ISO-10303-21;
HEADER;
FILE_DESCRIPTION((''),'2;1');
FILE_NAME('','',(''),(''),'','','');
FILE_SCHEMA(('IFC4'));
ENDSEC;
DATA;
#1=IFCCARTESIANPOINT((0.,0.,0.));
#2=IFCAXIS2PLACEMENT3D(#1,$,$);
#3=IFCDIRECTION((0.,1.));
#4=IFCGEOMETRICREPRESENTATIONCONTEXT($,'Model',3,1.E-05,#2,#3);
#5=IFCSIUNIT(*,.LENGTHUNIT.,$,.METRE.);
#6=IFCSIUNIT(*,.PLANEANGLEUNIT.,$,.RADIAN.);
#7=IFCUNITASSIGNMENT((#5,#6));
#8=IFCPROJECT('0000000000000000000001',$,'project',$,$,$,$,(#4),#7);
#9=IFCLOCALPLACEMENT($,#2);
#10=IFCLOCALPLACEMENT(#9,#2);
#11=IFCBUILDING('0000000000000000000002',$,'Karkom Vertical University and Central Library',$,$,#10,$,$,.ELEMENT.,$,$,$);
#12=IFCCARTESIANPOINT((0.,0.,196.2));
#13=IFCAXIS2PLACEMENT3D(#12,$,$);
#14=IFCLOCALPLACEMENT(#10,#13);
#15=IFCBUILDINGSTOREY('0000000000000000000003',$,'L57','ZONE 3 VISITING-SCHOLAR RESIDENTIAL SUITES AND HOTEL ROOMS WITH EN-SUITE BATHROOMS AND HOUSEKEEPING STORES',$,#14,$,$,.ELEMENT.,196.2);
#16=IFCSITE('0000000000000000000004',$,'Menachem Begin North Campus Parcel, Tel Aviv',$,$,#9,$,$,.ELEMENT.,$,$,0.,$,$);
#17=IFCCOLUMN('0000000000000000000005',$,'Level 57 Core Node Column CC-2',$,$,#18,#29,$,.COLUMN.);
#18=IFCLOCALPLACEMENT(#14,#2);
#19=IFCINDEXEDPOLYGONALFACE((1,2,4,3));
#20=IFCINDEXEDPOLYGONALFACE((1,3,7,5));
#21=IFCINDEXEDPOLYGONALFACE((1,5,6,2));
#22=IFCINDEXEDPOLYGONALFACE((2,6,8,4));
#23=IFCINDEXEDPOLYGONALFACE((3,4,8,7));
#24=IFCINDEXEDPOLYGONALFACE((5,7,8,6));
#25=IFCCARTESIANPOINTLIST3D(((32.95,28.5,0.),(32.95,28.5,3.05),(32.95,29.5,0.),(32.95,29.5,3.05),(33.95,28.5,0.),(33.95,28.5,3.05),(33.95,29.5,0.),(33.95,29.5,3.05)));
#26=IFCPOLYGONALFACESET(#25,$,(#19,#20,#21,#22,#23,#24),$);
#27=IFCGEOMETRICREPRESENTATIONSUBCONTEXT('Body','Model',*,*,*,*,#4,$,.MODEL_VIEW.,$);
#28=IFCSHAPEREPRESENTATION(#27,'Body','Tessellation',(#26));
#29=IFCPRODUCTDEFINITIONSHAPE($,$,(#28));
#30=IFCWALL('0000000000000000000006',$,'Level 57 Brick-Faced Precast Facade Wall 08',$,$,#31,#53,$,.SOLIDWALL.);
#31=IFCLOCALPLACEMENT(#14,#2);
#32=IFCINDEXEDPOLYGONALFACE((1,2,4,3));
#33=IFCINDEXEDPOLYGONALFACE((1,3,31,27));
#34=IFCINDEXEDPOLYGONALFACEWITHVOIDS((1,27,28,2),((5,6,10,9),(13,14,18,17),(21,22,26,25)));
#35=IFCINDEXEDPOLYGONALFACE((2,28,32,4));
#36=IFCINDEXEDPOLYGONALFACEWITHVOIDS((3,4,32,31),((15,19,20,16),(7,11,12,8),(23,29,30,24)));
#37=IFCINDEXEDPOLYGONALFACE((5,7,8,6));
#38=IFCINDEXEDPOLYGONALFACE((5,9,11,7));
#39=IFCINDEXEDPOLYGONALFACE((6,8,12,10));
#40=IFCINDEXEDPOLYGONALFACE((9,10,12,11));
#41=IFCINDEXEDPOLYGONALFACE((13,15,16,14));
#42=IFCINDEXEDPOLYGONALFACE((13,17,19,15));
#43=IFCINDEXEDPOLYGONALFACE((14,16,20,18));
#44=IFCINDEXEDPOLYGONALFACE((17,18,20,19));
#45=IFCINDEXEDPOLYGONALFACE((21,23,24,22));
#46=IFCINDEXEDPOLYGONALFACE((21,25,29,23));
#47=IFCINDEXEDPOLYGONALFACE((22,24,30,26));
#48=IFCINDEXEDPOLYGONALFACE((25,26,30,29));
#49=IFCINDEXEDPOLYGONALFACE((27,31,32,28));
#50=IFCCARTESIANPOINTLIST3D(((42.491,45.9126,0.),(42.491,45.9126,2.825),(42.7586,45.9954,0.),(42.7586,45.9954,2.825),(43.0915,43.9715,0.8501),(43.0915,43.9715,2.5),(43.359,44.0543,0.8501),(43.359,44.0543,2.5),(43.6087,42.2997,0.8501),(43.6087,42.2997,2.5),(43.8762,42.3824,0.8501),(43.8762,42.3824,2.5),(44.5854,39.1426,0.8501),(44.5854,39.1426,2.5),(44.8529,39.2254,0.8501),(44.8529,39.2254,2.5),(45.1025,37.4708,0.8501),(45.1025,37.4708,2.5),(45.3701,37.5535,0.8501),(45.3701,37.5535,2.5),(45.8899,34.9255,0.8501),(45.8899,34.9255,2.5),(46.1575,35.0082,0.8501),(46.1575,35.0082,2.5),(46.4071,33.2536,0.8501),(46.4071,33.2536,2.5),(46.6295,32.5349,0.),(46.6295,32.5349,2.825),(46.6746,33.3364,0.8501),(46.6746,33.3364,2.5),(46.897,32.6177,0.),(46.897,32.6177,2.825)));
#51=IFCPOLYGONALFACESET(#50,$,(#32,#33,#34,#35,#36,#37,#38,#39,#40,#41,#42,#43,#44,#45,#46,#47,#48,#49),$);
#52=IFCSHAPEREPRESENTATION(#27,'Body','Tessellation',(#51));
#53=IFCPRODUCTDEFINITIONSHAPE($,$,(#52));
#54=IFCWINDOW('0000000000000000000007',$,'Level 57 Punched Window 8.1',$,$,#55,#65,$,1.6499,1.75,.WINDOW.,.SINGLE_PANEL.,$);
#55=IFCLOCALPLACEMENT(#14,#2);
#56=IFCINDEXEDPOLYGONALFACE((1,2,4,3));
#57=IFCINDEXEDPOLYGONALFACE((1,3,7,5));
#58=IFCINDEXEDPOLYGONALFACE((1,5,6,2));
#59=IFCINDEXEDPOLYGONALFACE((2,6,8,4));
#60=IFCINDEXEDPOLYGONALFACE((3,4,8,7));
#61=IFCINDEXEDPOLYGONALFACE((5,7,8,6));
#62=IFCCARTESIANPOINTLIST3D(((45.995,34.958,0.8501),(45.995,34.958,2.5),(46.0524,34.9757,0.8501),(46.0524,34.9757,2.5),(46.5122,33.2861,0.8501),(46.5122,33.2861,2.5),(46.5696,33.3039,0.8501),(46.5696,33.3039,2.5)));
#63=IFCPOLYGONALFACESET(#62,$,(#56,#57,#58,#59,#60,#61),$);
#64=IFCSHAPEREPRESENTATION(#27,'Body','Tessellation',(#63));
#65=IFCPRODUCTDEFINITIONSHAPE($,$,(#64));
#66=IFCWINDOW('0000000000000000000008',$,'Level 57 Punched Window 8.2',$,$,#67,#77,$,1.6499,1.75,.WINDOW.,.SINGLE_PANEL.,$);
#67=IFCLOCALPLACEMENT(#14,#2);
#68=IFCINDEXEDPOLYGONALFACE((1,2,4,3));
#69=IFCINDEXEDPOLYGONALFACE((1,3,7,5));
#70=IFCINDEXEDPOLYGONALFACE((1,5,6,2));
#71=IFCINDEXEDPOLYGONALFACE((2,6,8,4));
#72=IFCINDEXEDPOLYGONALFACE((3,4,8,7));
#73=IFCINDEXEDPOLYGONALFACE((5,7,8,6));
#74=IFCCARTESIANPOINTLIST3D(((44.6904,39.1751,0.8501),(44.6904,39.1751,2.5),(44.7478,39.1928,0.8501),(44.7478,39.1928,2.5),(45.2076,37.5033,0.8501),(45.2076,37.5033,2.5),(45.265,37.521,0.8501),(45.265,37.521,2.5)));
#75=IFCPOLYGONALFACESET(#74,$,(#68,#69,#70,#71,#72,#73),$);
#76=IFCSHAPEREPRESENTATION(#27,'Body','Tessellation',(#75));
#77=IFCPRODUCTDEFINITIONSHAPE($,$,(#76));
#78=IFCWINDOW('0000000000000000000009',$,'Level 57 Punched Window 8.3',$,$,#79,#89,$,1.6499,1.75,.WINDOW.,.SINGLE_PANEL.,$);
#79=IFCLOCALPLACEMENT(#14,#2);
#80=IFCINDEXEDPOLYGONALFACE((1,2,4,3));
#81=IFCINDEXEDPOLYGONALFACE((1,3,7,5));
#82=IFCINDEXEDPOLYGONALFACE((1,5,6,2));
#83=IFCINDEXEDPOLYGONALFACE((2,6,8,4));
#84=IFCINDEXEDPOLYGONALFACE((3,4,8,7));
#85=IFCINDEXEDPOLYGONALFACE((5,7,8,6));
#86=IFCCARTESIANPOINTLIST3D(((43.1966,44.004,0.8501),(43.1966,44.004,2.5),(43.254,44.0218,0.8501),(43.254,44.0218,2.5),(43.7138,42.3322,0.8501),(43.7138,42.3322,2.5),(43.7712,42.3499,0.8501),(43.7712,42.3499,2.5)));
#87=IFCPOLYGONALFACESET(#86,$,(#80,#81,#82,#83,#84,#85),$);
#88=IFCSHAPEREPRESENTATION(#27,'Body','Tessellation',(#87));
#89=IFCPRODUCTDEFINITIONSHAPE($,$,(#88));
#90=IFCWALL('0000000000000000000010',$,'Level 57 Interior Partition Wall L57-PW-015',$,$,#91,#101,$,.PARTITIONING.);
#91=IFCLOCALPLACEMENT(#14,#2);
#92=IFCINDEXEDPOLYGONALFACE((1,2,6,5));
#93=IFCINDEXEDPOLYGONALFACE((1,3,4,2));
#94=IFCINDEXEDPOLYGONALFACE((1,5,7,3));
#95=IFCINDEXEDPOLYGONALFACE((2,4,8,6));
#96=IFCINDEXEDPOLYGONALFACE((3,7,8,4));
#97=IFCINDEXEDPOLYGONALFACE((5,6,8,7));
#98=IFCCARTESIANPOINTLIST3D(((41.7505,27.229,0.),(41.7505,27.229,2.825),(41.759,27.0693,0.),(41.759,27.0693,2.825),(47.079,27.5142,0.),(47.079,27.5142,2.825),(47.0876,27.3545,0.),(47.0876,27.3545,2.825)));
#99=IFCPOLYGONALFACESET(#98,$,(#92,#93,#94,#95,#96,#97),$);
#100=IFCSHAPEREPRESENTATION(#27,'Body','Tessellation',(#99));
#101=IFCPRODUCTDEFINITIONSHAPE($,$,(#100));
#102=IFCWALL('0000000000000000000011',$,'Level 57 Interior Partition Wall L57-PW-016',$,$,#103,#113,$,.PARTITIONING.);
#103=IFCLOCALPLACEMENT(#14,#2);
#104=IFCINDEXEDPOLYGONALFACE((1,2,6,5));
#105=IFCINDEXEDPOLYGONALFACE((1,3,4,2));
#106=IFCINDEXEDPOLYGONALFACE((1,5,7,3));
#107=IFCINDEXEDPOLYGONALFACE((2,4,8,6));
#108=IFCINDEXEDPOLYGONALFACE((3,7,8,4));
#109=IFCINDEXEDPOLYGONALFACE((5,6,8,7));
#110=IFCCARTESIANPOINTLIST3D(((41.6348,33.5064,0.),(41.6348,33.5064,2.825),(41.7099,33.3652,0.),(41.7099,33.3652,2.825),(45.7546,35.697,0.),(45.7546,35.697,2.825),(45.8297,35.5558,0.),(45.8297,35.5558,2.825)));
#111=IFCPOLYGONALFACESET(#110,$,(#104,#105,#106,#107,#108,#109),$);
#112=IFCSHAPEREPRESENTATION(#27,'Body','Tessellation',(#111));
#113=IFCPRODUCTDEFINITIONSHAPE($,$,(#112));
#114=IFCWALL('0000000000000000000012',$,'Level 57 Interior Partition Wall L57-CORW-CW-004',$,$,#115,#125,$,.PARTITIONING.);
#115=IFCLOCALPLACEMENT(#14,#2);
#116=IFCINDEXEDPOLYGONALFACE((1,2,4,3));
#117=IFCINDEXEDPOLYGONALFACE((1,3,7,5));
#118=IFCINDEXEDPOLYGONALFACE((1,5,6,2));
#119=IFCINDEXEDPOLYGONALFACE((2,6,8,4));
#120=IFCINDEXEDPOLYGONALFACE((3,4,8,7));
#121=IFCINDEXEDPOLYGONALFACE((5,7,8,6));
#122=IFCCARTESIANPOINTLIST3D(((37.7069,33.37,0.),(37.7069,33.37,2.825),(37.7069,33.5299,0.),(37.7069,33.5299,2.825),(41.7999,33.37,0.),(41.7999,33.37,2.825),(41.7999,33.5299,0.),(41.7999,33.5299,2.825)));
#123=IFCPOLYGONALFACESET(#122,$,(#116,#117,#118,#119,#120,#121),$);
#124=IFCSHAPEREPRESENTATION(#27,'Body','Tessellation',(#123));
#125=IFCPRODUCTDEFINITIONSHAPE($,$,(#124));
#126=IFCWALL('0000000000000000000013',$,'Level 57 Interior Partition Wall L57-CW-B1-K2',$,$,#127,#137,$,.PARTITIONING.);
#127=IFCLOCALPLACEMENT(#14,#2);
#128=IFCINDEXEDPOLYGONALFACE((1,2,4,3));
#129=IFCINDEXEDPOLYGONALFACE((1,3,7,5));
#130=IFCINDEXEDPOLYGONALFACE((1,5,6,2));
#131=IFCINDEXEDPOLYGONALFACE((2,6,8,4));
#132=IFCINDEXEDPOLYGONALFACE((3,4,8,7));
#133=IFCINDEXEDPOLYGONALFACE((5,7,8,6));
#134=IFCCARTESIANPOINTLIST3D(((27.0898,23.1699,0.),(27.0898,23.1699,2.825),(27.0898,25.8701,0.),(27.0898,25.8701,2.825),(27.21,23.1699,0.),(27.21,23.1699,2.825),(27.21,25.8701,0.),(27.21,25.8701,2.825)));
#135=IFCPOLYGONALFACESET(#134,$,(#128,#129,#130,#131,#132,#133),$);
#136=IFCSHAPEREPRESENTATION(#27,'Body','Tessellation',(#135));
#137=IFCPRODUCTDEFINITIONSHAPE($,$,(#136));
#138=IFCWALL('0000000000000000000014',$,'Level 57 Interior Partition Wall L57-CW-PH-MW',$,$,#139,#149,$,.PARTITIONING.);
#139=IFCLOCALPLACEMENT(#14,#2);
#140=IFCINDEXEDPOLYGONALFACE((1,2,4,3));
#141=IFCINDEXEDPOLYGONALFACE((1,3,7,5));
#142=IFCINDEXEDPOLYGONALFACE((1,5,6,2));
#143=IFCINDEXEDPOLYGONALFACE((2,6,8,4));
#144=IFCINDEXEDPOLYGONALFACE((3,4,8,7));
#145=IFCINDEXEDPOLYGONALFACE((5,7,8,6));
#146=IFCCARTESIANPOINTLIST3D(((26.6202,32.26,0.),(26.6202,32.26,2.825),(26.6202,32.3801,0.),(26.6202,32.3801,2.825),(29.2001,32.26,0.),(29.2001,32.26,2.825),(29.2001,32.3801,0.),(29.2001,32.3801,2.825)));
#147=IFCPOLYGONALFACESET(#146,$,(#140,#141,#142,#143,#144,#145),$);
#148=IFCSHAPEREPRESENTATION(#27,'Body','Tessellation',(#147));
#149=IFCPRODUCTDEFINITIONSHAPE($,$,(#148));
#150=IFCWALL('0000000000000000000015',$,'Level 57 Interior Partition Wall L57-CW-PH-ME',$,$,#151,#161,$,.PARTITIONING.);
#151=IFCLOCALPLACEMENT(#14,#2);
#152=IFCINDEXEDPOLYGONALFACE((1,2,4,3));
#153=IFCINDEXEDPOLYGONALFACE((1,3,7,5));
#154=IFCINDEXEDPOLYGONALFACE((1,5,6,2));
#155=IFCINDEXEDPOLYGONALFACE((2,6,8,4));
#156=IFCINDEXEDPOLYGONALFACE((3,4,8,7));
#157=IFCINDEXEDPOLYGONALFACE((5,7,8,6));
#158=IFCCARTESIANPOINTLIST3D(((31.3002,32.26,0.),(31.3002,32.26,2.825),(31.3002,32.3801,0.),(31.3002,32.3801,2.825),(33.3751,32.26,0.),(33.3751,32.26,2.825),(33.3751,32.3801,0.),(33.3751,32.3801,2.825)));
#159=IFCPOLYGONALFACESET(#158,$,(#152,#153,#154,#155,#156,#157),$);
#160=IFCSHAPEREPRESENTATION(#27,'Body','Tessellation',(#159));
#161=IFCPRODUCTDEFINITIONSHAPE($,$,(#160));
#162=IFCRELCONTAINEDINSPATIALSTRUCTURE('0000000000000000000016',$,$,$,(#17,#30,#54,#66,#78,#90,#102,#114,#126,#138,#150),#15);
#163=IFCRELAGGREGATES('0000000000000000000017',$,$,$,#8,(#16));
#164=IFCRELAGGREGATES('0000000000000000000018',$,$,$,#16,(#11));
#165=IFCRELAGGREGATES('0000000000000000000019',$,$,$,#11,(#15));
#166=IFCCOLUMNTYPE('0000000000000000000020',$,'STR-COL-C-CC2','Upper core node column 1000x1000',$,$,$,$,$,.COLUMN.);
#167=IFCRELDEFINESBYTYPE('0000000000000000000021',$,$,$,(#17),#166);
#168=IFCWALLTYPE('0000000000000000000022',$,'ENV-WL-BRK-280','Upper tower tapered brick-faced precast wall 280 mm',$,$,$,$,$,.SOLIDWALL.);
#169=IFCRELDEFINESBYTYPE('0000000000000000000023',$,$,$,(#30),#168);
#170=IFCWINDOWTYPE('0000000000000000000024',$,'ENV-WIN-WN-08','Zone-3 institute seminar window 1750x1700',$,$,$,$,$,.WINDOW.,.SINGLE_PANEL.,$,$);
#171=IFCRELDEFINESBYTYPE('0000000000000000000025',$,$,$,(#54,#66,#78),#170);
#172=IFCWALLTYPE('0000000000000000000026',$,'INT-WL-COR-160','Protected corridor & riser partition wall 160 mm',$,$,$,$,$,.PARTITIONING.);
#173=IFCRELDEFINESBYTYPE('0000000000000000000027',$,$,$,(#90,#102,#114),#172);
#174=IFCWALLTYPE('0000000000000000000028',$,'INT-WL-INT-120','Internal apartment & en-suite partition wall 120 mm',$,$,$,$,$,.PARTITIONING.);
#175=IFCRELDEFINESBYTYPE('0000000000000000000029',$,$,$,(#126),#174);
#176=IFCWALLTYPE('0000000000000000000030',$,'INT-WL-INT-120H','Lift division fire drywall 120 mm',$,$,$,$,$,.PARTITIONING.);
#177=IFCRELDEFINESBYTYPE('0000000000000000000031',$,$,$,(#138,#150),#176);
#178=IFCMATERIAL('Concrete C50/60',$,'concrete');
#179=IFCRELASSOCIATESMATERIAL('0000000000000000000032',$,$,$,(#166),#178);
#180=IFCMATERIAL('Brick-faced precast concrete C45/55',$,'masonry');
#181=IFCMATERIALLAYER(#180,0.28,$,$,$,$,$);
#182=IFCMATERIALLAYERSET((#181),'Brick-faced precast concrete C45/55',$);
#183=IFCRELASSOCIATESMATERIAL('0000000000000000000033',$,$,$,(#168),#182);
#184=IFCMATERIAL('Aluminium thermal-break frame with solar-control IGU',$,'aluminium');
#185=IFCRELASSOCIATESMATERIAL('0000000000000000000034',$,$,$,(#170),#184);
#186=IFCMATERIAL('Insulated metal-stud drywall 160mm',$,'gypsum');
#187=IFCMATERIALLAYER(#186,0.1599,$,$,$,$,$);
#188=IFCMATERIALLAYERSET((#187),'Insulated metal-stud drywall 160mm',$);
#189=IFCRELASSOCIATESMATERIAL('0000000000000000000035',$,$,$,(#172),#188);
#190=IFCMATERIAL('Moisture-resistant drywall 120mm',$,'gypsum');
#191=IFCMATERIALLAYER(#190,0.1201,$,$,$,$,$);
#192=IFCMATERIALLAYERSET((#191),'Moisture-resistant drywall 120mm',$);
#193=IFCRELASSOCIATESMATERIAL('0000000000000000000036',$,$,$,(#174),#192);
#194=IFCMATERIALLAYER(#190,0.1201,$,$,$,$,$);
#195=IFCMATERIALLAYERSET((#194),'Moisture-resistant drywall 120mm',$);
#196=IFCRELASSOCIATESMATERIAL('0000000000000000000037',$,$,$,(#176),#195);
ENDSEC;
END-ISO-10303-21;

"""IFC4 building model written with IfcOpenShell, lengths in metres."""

from ifc_helpers import new_model, si_unit, direction, frame, frame_2d, origin, origin_with_axes, origin_2d, place, context, subcontext, project, spatial, rectangle, extrude, source, transform, mapped, material, layer, layer_set, material_profile, profile_set, type_object, element, fill, save


model = new_model("IFC4")

# Units and contexts
model_context = context("Model", 3, precision=1e-05, world=origin(), true_north=direction((0.0, 1.0)))
body_context = subcontext(model_context, "Body", "Model", "MODEL_VIEW")
ifc_project = project(units=[si_unit("LENGTHUNIT", "METRE"), si_unit("PLANEANGLEUNIT", "RADIAN")], contexts=[model_context])

# Site, building, storey
site_placement = place(None, origin())
site = spatial("IfcSite", under=ifc_project, at=site_placement, Name="Menachem Begin North Campus Parcel, Tel Aviv", CompositionType="ELEMENT", RefElevation=0.0)
building_placement = place(site_placement, origin())
building = spatial("IfcBuilding", under=site, at=building_placement, Name="Karkom Vertical University and Central Library", CompositionType="ELEMENT")
storey_placement = place(building_placement, frame((0.0, 0.0, 196.2)))
storey = spatial("IfcBuildingStorey", under=building, at=storey_placement, Name="L57", Description="ZONE 3 VISITING-SCHOLAR RESIDENTIAL SUITES AND HOTEL ROOMS WITH EN-SUITE BATHROOMS AND HOUSEKEEPING STORES", CompositionType="ELEMENT", Elevation=196.2)

# Column
ifc_material_1 = material(Name="Concrete C50/60", Category="concrete")
ifc_material_profile = material_profile(ifc_material_1, rectangle(XDim=1.0, YDim=1.0, at=origin_2d()), Name="RC-1000x1000")
ifc_profile_set = profile_set([ifc_material_profile], Name="Concrete C50/60")
column_type = type_object("IfcColumnType", Name="STR-COL-C-CC2", Description="Upper core node column 1000x1000", PredefinedType="COLUMN", material=ifc_profile_set)
shared_shape_1 = source(origin_with_axes(), body_context, "Body", "SweptSolid", [
    extrude(rectangle(XDim=1.0, YDim=1.0, at=origin_2d()), origin(), (0.0, 0.0, 1.0), 3.05),
])
column_placement = place(storey_placement, frame((33.45, 29.0, 0.0), z_axis=(0.0, 0.0, 1.0), x_axis=(1.0, 0.0, 0.0)))
element("IfcColumn", 1, at=column_placement, inside=storey, type_object=column_type, Name="Level 57 Core Node Column CC-2", PredefinedType="COLUMN", context=body_context, shape_type="MappedRepresentation", body=[
    mapped(shared_shape_1, transform((0.0, 0.0, 0.0), scale=1.0)),
])

# Wall, openings, windows
ifc_material_2 = material(Name="Brick-faced precast concrete C45/55", Category="masonry")
ifc_layer_1 = layer(ifc_material_2, 0.28)
ifc_layer_set_1 = layer_set([ifc_layer_1], Name="Brick-faced precast concrete C45/55")
wall_type_1 = type_object("IfcWallType", Name="ENV-WL-BRK-280", Description="Upper tower tapered brick-faced precast wall 280 mm", PredefinedType="SOLIDWALL", material=ifc_layer_set_1)
wall_1_placement = place(storey_placement, frame((46.7632, 32.5764, 0.0), z_axis=(0.0, 0.0, 1.0), x_axis=(-0.295535, 0.955332, 0.0)))
wall_1 = element("IfcWall", 2, at=wall_1_placement, inside=storey, type_object=wall_type_1, Name="Level 57 Brick-Faced Precast Facade Wall 08", PredefinedType="SOLIDWALL", context=body_context, shape_type="SweptSolid", body=[
    extrude(rectangle(XDim=14.0032, YDim=0.28, at=frame_2d((7.0015, 0.0))), origin(), (0.0, 0.0, 1.0), 2.825),
])
opening_1_placement = place(wall_1_placement, frame((0.7522, 0.0, 0.8501)))
opening_1 = element("IfcOpeningElement", 3, at=opening_1_placement, cuts=wall_1, PredefinedType="OPENING", context=body_context, shape_type="SweptSolid", body=[
    extrude(rectangle(XDim=1.75, YDim=1.6499, at=frame_2d((0.875, 0.825))), frame((0.0, 0.1499, 0.0), z_axis=(0.0, -1.0, 0.0), x_axis=(1.0, 0.0, 0.0)), (0.0, 0.0, 1.0), 0.3),
])
opening_2_placement = place(wall_1_placement, frame((5.1665, 0.0, 0.8501)))
opening_2 = element("IfcOpeningElement", 4, at=opening_2_placement, cuts=wall_1, PredefinedType="OPENING", context=body_context, shape_type="SweptSolid", body=[
    extrude(rectangle(XDim=1.75, YDim=1.6499, at=frame_2d((0.875, 0.825))), frame((0.0, 0.1499, 0.0), z_axis=(0.0, -1.0, 0.0), x_axis=(1.0, 0.0, 0.0)), (0.0, 0.0, 1.0), 0.3),
])
opening_3_placement = place(wall_1_placement, frame((10.2212, 0.0, 0.8501)))
opening_3 = element("IfcOpeningElement", 5, at=opening_3_placement, cuts=wall_1, PredefinedType="OPENING", context=body_context, shape_type="SweptSolid", body=[
    extrude(rectangle(XDim=1.75, YDim=1.6499, at=frame_2d((0.875, 0.825))), frame((0.0, 0.1499, 0.0), z_axis=(0.0, -1.0, 0.0), x_axis=(1.0, 0.0, 0.0)), (0.0, 0.0, 1.0), 0.3),
])
ifc_material_3 = material(Name="Aluminium thermal-break frame with solar-control IGU", Category="aluminium")
window_type = type_object("IfcWindowType", Name="ENV-WIN-WN-08", Description="Zone-3 institute seminar window 1750x1700", PartitioningType="SINGLE_PANEL", PredefinedType="WINDOW", material=ifc_material_3)
shared_shape_2 = source(origin_with_axes(), body_context, "Body", "SweptSolid", [
    extrude(rectangle(XDim=1.75, YDim=1.6499, at=frame_2d((0.875, 0.825))), frame((0.0, 0.03, 0.0), z_axis=(0.0, -1.0, 0.0), x_axis=(1.0, 0.0, 0.0)), (0.0, 0.0, 1.0), 0.0601),
])
window_1_placement = place(opening_1_placement, origin())
window_1 = element("IfcWindow", 6, at=window_1_placement, inside=storey, type_object=window_type, Name="Level 57 Punched Window 8.1", OverallHeight=1.6499, OverallWidth=1.75, PartitioningType="SINGLE_PANEL", PredefinedType="WINDOW", context=body_context, shape_type="MappedRepresentation", body=[
    mapped(shared_shape_2, transform((0.0, 0.0, 0.0), scale=1.0)),
])
fill(opening_1, window_1)
window_2_placement = place(opening_2_placement, origin())
window_2 = element("IfcWindow", 7, at=window_2_placement, inside=storey, type_object=window_type, Name="Level 57 Punched Window 8.2", OverallHeight=1.6499, OverallWidth=1.75, PartitioningType="SINGLE_PANEL", PredefinedType="WINDOW", context=body_context, shape_type="MappedRepresentation", body=[
    mapped(shared_shape_2, transform((0.0, 0.0, 0.0), scale=1.0)),
])
fill(opening_2, window_2)
window_3_placement = place(opening_3_placement, origin())
window_3 = element("IfcWindow", 8, at=window_3_placement, inside=storey, type_object=window_type, Name="Level 57 Punched Window 8.3", OverallHeight=1.6499, OverallWidth=1.75, PartitioningType="SINGLE_PANEL", PredefinedType="WINDOW", context=body_context, shape_type="MappedRepresentation", body=[
    mapped(shared_shape_2, transform((0.0, 0.0, 0.0), scale=1.0)),
])
fill(opening_3, window_3)

# Shared definitions
ifc_material_4 = material(Name="Insulated metal-stud drywall 160mm", Category="gypsum")
ifc_layer_2 = layer(ifc_material_4, 0.1599)
ifc_layer_set_2 = layer_set([ifc_layer_2], Name="Insulated metal-stud drywall 160mm")
wall_type_2 = type_object("IfcWallType", Name="INT-WL-COR-160", Description="Protected corridor & riser partition wall 160 mm", PredefinedType="PARTITIONING", material=ifc_layer_set_2)

# Walls
wall_2_placement = place(storey_placement, frame((41.7549, 27.1492, 0.0), z_axis=(0.0, 0.0, 1.0), x_axis=(0.998571, 0.053438, 0.0)))
element("IfcWall", 9, at=wall_2_placement, inside=storey, type_object=wall_type_2, Name="Level 57 Interior Partition Wall L57-PW-015", PredefinedType="PARTITIONING", context=body_context, shape_type="SweptSolid", body=[
    extrude(rectangle(XDim=5.3362, YDim=0.1599, at=frame_2d((2.668, 0.0))), origin(), (0.0, 0.0, 1.0), 2.825),
])
wall_3_placement = place(storey_placement, frame((41.6724, 33.4358, 0.0), z_axis=(0.0, 0.0, 1.0), x_axis=(0.882939, 0.469488, 0.0)))
element("IfcWall", 10, at=wall_3_placement, inside=storey, type_object=wall_type_2, Name="Level 57 Interior Partition Wall L57-PW-016", PredefinedType="PARTITIONING", context=body_context, shape_type="SweptSolid", body=[
    extrude(rectangle(XDim=4.666, YDim=0.1599, at=frame_2d((2.333, 0.0))), origin(), (0.0, 0.0, 1.0), 2.825),
])
wall_4_placement = place(storey_placement, frame((37.707, 33.45, 0.0), z_axis=(0.0, 0.0, 1.0), x_axis=(1.0, 0.0, 0.0)))
element("IfcWall", 11, at=wall_4_placement, inside=storey, type_object=wall_type_2, Name="Level 57 Interior Partition Wall L57-CORW-CW-004", PredefinedType="PARTITIONING", context=body_context, shape_type="SweptSolid", body=[
    extrude(rectangle(XDim=4.093, YDim=0.1599, at=frame_2d((2.0464, 0.0))), origin(), (0.0, 0.0, 1.0), 2.825),
])
ifc_material_5 = material(Name="Moisture-resistant drywall 120mm", Category="gypsum")
ifc_layer_3 = layer(ifc_material_5, 0.1201)
ifc_layer_set_3 = layer_set([ifc_layer_3], Name="Moisture-resistant drywall 120mm")
wall_type_3 = type_object("IfcWallType", Name="INT-WL-INT-120", Description="Internal apartment & en-suite partition wall 120 mm", PredefinedType="PARTITIONING", material=ifc_layer_set_3)
wall_5_placement = place(storey_placement, frame((27.1499, 23.1699, 0.0), z_axis=(0.0, 0.0, 1.0), x_axis=(0.0, 1.0, 0.0)))
element("IfcWall", 12, at=wall_5_placement, inside=storey, type_object=wall_type_3, Name="Level 57 Interior Partition Wall L57-CW-B1-K2", PredefinedType="PARTITIONING", context=body_context, shape_type="SweptSolid", body=[
    extrude(rectangle(XDim=2.7002, YDim=0.1201, at=frame_2d((1.3501, 0.0))), origin(), (0.0, 0.0, 1.0), 2.825),
])
ifc_layer_4 = layer(ifc_material_5, 0.1201)
ifc_layer_set_4 = layer_set([ifc_layer_4], Name="Moisture-resistant drywall 120mm")
wall_type_4 = type_object("IfcWallType", Name="INT-WL-INT-120H", Description="Lift division fire drywall 120 mm", PredefinedType="PARTITIONING", material=ifc_layer_set_4)
wall_6_placement = place(storey_placement, frame((26.6201, 32.3201, 0.0), z_axis=(0.0, 0.0, 1.0), x_axis=(1.0, 0.0, 0.0)))
element("IfcWall", 13, at=wall_6_placement, inside=storey, type_object=wall_type_4, Name="Level 57 Interior Partition Wall L57-CW-PH-MW", PredefinedType="PARTITIONING", context=body_context, shape_type="SweptSolid", body=[
    extrude(rectangle(XDim=2.5798, YDim=0.1201, at=frame_2d((1.29, 0.0))), origin(), (0.0, 0.0, 1.0), 2.825),
])
wall_7_placement = place(storey_placement, frame((31.3, 32.3201, 0.0), z_axis=(0.0, 0.0, 1.0), x_axis=(1.0, 0.0, 0.0)))
element("IfcWall", 14, at=wall_7_placement, inside=storey, type_object=wall_type_4, Name="Level 57 Interior Partition Wall L57-CW-PH-ME", PredefinedType="PARTITIONING", context=body_context, shape_type="SweptSolid", body=[
    extrude(rectangle(XDim=2.075, YDim=0.1201, at=frame_2d((1.0376, 0.0))), origin(), (0.0, 0.0, 1.0), 2.825),
])

save(model, "model.ifc")
